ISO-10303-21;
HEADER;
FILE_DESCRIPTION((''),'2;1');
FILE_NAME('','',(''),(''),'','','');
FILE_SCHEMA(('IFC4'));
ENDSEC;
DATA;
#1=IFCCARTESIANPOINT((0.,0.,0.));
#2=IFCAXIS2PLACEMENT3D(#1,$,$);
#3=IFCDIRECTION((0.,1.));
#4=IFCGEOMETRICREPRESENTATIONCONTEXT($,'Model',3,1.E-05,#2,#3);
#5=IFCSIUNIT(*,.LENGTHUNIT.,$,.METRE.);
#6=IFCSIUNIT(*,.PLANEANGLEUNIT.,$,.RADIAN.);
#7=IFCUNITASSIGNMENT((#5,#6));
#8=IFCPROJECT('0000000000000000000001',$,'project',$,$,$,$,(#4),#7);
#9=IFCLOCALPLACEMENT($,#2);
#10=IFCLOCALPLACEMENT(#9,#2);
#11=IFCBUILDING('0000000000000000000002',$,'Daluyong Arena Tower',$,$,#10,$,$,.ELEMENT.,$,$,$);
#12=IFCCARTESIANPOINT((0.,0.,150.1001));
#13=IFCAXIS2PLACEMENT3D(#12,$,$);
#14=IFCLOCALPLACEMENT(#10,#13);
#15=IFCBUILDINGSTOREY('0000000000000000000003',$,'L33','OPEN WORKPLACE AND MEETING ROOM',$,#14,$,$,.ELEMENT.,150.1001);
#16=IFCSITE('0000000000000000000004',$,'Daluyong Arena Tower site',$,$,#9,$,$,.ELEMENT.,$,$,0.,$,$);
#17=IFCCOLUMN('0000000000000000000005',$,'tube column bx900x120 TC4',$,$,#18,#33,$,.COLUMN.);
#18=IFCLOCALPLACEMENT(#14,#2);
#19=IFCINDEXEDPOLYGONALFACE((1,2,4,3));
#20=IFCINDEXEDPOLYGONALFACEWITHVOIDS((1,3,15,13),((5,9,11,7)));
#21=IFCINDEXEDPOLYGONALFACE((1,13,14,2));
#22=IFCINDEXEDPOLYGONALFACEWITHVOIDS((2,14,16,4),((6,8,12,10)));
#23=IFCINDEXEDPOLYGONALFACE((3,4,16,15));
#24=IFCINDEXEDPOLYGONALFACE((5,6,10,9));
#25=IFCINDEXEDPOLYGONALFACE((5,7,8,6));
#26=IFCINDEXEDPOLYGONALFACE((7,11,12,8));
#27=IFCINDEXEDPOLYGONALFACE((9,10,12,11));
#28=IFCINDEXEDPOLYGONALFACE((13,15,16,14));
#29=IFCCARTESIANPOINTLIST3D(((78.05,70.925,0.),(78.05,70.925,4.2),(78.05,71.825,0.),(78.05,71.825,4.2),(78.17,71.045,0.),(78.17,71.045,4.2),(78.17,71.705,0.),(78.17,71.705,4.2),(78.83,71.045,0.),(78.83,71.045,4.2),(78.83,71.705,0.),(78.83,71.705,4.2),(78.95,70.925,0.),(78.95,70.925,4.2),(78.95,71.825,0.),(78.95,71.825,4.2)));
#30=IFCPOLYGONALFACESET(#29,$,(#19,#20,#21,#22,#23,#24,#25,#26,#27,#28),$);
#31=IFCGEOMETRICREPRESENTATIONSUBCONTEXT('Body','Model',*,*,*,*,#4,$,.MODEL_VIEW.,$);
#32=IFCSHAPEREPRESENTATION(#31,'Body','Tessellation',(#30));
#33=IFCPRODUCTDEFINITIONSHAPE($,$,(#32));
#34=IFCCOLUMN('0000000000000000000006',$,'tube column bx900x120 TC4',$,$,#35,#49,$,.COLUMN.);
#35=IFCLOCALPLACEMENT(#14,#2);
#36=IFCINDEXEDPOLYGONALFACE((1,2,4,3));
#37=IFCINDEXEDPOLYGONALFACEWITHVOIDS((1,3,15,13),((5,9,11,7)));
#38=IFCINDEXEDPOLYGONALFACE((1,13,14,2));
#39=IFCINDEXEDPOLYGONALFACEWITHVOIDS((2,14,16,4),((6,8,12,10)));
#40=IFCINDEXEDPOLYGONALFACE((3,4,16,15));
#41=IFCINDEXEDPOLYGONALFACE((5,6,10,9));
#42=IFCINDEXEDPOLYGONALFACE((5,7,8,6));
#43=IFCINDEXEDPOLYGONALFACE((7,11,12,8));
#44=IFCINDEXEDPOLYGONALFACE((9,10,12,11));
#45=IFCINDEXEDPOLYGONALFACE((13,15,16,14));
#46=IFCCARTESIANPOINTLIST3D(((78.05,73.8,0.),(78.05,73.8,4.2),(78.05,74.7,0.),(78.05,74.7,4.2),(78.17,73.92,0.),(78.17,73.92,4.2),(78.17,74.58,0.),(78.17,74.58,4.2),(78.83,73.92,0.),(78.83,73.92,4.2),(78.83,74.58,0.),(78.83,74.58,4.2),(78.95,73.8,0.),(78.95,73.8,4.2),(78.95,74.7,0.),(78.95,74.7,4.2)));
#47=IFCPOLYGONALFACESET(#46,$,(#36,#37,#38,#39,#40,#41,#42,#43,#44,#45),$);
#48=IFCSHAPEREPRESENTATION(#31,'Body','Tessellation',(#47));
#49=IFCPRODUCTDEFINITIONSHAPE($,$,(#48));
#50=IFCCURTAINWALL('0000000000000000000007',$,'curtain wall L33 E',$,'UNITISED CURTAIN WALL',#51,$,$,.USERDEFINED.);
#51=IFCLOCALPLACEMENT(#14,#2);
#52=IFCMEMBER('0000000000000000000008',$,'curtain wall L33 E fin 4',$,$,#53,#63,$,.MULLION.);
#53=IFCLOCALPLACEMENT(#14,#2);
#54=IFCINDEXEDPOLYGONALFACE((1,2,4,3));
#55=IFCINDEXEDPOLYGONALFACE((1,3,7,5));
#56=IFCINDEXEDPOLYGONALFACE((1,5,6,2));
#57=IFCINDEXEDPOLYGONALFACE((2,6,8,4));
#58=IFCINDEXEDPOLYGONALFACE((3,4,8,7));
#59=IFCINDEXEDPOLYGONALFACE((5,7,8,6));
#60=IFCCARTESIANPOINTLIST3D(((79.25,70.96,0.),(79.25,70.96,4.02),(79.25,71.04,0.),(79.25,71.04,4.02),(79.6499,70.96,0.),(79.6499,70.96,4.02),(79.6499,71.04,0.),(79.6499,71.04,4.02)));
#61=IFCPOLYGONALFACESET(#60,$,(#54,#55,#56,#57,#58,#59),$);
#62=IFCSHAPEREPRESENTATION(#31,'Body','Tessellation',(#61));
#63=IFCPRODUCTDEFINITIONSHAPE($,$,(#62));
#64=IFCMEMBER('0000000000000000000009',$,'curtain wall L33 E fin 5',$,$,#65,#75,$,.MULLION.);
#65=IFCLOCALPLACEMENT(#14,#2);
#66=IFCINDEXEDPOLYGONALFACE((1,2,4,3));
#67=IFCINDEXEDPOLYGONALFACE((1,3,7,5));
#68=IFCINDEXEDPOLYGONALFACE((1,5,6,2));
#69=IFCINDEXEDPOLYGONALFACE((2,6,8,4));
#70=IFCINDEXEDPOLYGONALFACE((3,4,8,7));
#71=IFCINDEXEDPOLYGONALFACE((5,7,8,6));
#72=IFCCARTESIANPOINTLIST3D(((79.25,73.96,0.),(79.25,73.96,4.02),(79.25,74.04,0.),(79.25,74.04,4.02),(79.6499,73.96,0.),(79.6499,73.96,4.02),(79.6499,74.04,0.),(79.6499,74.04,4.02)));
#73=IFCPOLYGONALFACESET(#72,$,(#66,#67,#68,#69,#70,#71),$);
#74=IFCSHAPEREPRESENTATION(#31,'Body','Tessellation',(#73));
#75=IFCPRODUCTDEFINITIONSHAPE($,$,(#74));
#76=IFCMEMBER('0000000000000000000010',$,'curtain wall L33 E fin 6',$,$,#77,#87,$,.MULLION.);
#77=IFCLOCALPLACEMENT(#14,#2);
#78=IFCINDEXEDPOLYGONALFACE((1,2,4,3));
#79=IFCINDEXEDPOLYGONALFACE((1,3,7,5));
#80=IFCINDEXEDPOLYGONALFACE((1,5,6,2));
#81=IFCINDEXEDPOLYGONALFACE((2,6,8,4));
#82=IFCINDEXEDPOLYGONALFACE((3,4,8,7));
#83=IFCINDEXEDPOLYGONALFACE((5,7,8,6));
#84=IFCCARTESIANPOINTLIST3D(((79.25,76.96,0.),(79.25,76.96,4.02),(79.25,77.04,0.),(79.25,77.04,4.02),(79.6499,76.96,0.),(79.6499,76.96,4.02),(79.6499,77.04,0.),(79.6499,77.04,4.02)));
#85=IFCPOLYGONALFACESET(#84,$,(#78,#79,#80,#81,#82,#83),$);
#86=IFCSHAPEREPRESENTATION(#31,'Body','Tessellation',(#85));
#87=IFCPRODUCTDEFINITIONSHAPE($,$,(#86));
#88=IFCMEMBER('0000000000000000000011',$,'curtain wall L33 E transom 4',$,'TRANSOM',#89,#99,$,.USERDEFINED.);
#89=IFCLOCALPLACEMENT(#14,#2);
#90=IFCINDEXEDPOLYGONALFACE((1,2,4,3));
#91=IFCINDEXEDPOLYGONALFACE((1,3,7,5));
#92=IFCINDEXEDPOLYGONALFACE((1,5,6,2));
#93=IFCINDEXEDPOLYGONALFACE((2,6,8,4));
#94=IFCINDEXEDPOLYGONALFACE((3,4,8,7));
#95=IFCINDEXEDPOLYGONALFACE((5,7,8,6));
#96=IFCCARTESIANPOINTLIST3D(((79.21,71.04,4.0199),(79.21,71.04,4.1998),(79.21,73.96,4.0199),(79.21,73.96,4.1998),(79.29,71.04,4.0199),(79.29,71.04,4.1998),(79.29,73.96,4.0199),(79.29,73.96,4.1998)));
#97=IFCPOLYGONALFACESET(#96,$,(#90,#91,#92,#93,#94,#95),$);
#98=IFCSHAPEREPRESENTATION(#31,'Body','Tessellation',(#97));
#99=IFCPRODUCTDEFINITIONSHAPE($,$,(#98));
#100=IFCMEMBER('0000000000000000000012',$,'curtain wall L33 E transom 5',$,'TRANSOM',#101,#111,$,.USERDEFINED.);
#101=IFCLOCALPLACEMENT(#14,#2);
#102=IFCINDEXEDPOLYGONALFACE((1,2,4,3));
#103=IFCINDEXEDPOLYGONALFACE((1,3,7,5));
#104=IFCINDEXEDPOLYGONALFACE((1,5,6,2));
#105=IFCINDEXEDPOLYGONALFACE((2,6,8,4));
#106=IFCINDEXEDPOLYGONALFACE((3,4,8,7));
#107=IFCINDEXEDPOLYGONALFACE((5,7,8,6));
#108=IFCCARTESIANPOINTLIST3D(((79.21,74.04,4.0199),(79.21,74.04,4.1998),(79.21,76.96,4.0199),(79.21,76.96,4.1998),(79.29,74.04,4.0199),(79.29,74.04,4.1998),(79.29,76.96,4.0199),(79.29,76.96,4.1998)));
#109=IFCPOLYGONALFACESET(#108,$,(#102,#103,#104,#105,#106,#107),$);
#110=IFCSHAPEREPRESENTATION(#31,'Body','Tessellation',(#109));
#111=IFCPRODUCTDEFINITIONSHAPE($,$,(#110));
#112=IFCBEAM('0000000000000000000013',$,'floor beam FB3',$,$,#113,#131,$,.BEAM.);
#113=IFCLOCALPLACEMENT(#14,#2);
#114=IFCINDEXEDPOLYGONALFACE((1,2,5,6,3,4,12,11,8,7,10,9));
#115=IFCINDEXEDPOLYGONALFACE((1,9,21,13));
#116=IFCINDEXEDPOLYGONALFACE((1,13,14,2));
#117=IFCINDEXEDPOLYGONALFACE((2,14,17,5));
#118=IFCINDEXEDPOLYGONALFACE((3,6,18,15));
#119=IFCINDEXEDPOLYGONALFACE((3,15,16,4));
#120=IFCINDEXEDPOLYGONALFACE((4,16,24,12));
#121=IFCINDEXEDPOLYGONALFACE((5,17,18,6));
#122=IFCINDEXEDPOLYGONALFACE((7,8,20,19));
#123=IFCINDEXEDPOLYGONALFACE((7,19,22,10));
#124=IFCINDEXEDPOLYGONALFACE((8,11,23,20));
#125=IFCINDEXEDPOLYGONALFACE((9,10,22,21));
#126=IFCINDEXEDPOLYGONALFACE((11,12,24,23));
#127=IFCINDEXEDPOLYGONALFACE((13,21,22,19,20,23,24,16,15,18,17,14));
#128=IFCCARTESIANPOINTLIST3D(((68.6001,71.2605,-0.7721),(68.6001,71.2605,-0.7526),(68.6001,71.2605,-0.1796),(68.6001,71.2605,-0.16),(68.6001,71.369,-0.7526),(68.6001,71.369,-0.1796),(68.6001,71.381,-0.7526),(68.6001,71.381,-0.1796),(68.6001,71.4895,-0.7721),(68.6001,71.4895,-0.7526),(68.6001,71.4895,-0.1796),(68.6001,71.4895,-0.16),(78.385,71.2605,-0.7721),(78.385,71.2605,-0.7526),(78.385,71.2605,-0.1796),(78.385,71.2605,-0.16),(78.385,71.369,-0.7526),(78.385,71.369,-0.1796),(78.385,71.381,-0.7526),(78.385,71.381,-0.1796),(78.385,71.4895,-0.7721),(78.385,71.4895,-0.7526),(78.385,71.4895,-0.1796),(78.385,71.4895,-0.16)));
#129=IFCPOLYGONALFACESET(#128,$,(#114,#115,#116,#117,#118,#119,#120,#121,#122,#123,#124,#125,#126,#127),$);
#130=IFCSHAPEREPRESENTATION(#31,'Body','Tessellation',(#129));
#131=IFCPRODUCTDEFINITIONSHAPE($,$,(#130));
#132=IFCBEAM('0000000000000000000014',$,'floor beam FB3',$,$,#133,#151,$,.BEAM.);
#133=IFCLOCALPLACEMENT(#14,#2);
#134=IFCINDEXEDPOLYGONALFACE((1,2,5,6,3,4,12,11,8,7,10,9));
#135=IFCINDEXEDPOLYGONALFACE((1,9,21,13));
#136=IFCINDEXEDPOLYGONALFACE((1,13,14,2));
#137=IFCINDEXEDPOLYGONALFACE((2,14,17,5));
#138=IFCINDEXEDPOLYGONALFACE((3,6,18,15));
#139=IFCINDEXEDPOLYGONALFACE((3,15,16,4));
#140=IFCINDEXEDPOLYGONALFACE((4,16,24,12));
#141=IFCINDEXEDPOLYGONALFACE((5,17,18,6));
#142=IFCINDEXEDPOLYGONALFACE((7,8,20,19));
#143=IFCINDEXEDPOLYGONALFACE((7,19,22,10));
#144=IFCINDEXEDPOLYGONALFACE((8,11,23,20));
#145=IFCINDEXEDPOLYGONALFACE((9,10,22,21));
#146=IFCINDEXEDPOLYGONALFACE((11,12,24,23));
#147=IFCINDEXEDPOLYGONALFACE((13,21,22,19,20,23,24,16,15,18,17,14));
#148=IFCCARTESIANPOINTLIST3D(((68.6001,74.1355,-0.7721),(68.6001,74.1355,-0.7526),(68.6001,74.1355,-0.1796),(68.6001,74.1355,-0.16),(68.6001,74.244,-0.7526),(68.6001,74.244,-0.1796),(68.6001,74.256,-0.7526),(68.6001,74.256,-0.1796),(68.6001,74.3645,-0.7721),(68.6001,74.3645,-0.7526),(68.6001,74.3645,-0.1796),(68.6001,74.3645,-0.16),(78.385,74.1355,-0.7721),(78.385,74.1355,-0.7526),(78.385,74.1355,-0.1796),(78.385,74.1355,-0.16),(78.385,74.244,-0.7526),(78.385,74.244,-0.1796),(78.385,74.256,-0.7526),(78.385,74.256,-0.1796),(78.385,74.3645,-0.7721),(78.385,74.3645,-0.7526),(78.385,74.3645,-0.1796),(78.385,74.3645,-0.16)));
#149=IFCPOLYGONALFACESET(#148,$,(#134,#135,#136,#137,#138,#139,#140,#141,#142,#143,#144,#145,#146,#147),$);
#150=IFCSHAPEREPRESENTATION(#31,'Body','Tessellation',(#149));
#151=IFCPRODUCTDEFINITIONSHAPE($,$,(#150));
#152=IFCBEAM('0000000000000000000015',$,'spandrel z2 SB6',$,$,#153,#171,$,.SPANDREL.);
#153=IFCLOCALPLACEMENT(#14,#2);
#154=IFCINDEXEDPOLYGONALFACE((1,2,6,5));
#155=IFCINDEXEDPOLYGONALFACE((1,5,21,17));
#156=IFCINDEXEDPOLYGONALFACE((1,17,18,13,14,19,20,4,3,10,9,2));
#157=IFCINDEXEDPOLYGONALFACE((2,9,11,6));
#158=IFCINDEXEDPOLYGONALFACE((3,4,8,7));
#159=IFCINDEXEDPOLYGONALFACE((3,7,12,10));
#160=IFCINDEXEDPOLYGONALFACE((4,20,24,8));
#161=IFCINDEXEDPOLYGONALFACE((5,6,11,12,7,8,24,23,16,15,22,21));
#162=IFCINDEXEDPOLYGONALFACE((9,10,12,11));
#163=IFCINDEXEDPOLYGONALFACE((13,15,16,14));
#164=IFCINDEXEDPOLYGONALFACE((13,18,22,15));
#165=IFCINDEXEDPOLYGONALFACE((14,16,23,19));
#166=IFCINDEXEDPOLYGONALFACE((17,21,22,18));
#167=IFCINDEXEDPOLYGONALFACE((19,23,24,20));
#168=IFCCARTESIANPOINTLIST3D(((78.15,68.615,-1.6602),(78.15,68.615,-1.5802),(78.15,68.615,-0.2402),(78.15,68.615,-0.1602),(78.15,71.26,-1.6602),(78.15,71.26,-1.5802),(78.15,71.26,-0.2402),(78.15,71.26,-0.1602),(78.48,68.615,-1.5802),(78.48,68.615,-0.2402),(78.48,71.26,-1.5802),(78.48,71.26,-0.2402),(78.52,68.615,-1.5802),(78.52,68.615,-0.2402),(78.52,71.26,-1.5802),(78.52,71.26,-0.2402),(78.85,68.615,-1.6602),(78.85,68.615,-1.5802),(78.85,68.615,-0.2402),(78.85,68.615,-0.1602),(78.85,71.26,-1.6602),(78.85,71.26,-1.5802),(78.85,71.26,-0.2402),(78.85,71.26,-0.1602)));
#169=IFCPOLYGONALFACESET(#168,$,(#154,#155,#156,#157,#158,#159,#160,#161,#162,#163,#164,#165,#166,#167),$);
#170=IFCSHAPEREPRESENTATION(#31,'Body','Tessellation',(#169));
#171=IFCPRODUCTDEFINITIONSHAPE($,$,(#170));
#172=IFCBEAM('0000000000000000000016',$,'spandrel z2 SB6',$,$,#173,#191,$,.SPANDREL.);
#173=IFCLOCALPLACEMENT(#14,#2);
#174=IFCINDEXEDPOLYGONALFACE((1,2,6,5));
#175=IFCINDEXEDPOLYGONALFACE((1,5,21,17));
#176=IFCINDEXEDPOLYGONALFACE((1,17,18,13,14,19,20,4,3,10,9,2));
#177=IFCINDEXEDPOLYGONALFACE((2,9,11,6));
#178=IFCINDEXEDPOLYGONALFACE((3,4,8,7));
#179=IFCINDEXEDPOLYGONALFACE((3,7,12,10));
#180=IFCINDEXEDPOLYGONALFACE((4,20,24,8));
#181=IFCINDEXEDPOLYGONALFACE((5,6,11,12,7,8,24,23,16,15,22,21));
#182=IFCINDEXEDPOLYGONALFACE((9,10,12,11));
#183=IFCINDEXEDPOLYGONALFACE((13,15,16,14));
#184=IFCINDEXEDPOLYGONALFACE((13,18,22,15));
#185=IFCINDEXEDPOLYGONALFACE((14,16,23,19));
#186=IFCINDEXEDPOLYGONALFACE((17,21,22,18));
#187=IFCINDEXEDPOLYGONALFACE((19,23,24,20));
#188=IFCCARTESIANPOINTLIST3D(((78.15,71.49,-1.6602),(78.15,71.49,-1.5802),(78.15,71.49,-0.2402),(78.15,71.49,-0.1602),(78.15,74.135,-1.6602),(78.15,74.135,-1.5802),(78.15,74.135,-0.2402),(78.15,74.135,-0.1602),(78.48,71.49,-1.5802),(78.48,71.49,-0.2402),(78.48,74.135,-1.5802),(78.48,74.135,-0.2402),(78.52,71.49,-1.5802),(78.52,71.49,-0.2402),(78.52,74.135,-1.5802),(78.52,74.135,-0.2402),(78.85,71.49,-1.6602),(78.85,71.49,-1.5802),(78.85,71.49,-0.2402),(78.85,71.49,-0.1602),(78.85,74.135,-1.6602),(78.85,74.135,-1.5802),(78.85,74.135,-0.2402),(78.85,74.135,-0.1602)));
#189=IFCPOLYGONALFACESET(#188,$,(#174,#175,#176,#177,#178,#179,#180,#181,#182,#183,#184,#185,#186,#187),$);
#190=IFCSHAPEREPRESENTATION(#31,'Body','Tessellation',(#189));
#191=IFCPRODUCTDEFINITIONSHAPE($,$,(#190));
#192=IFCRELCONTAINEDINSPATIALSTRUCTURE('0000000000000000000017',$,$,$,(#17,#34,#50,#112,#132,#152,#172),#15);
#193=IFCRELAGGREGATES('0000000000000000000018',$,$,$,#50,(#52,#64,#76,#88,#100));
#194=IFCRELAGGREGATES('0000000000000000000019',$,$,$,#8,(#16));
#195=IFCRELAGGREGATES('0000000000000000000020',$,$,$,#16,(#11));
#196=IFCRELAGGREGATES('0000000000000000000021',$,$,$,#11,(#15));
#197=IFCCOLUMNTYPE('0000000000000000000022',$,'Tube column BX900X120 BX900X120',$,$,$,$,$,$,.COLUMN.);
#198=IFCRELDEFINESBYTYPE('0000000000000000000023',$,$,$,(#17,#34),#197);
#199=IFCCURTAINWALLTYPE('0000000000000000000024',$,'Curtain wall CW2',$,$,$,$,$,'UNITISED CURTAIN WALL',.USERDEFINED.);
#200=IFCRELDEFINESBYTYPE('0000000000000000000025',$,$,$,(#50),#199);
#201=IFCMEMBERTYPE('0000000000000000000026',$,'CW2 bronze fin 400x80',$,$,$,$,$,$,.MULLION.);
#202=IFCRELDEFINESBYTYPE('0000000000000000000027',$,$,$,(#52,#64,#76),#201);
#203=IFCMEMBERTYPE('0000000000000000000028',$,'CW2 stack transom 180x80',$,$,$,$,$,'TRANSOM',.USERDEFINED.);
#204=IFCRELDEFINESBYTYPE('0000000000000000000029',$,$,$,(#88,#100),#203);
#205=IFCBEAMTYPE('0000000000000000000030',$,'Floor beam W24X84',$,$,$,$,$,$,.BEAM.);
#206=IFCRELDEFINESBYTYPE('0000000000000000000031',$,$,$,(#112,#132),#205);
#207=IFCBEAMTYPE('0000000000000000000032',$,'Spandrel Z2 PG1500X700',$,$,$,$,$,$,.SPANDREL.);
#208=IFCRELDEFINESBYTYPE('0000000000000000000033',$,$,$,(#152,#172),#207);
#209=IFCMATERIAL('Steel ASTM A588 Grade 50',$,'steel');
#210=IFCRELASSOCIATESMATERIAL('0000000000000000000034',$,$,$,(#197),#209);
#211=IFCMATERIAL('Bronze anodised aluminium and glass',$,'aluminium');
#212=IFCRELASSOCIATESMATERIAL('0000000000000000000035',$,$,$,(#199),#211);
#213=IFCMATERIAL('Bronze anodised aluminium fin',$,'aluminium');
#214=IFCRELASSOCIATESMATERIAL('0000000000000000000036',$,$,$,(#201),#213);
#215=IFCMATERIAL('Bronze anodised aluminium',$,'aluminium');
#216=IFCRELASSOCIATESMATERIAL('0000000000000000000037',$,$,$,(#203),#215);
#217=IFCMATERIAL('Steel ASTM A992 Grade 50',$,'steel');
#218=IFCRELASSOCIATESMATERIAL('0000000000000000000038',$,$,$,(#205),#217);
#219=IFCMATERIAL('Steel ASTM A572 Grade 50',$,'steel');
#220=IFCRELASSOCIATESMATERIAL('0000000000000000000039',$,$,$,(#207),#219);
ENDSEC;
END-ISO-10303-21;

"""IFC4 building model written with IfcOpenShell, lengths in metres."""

from ifc_helpers import new_model, si_unit, direction, frame, origin, origin_2d, place, context, subcontext, project, spatial, rectangle, hollow_rectangle, i_section, extrude, material, material_profile, profile_set, type_object, element, aggregate, save


model = new_model("IFC4")

# Units and contexts
model_context = context("Model", 3, precision=1e-05, world=origin(), true_north=direction((0.0, 1.0)))
body_context = subcontext(model_context, "Body", "Model", "MODEL_VIEW")
ifc_project = project(units=[si_unit("LENGTHUNIT", "METRE"), si_unit("PLANEANGLEUNIT", "RADIAN")], contexts=[model_context])

# Site, building, storey
site_placement = place(None, origin())
site = spatial("IfcSite", under=ifc_project, at=site_placement, Name="Daluyong Arena Tower site", CompositionType="ELEMENT", RefElevation=0.0)
building_placement = place(site_placement, origin())
building = spatial("IfcBuilding", under=site, at=building_placement, Name="Daluyong Arena Tower", CompositionType="ELEMENT")
storey_placement = place(building_placement, frame((0.0, 0.0, 150.1001)))
storey = spatial("IfcBuildingStorey", under=building, at=storey_placement, Name="L33", Description="OPEN WORKPLACE AND MEETING ROOM", CompositionType="ELEMENT", Elevation=150.1001)

# Columns
ifc_material_1 = material(Name="Steel ASTM A588 Grade 50", Category="steel")
ifc_material_profile_1 = material_profile(ifc_material_1, hollow_rectangle(XDim=0.8999, YDim=0.8999, WallThickness=0.12, at=origin_2d()))
ifc_profile_set_1 = profile_set([ifc_material_profile_1], Name="Steel ASTM A588 Grade 50")
column_type = type_object("IfcColumnType", Name="Tube column BX900X120 BX900X120", PredefinedType="COLUMN", material=ifc_profile_set_1)
for number, where, z_axis, x_axis, name in (
    (1, (78.5, 71.375, 0.0), (0.0, 0.0, 1.0), (0.0, 1.0, 0.0), "tube column bx900x120 TC4"),
    (2, (78.5, 74.25, 0.0), (0.0, 0.0, 1.0), (0.0, 1.0, 0.0), "tube column bx900x120 TC4"),
):
    element("IfcColumn", number, at=place(storey_placement, frame(where, z_axis=z_axis, x_axis=x_axis)), inside=storey, type_object=column_type, Name=name, PredefinedType="COLUMN", context=body_context, shape_type="SweptSolid", body=[
        extrude(hollow_rectangle(XDim=0.8999, YDim=0.8999, WallThickness=0.12, at=origin_2d()), origin(), (0.0, 0.0, 1.0), 4.2),
    ])

# Curtain wall, members
ifc_material_2 = material(Name="Bronze anodised aluminium and glass", Category="aluminium")
curtain_wall_type = type_object("IfcCurtainWallType", Name="Curtain wall CW2", ElementType="UNITISED CURTAIN WALL", PredefinedType="USERDEFINED", material=ifc_material_2)
curtain_wall_placement = place(storey_placement, origin())
curtain_wall = element("IfcCurtainWall", 3, at=curtain_wall_placement, inside=storey, type_object=curtain_wall_type, Name="curtain wall L33 E", ObjectType="UNITISED CURTAIN WALL", PredefinedType="USERDEFINED")
ifc_material_3 = material(Name="Bronze anodised aluminium fin", Category="aluminium")
ifc_material_profile_2 = material_profile(ifc_material_3, rectangle(XDim=0.3999, YDim=0.0801, at=origin_2d()))
ifc_profile_set_2 = profile_set([ifc_material_profile_2], Name="Bronze anodised aluminium fin")
member_type_1 = type_object("IfcMemberType", Name="CW2 bronze fin 400x80", PredefinedType="MULLION", material=ifc_profile_set_2)
member_1_placement = place(storey_placement, frame((79.45, 71.0, 0.0), z_axis=(0.0, 0.0, 1.0), x_axis=(-1.0, 0.0, 0.0)))
member_1 = element("IfcMember", 4, at=member_1_placement, type_object=member_type_1, Name="curtain wall L33 E fin 4", PredefinedType="MULLION", context=body_context, shape_type="SweptSolid", body=[
    extrude(rectangle(XDim=0.3999, YDim=0.0801, at=origin_2d()), origin(), (0.0, 0.0, 1.0), 4.02),
])
member_2_placement = place(storey_placement, frame((79.45, 74.0, 0.0), z_axis=(0.0, 0.0, 1.0), x_axis=(-1.0, 0.0, 0.0)))
member_2 = element("IfcMember", 5, at=member_2_placement, type_object=member_type_1, Name="curtain wall L33 E fin 5", PredefinedType="MULLION", context=body_context, shape_type="SweptSolid", body=[
    extrude(rectangle(XDim=0.3999, YDim=0.0801, at=origin_2d()), origin(), (0.0, 0.0, 1.0), 4.02),
])
member_3_placement = place(storey_placement, frame((79.45, 77.0, 0.0), z_axis=(0.0, 0.0, 1.0), x_axis=(-1.0, 0.0, 0.0)))
member_3 = element("IfcMember", 6, at=member_3_placement, type_object=member_type_1, Name="curtain wall L33 E fin 6", PredefinedType="MULLION", context=body_context, shape_type="SweptSolid", body=[
    extrude(rectangle(XDim=0.3999, YDim=0.0801, at=origin_2d()), origin(), (0.0, 0.0, 1.0), 4.02),
])
ifc_material_4 = material(Name="Bronze anodised aluminium", Category="aluminium")
ifc_material_profile_3 = material_profile(ifc_material_4, rectangle(XDim=0.0801, YDim=0.1799, at=origin_2d()))
ifc_profile_set_3 = profile_set([ifc_material_profile_3], Name="Bronze anodised aluminium")
member_type_2 = type_object("IfcMemberType", Name="CW2 stack transom 180x80", ElementType="TRANSOM", PredefinedType="USERDEFINED", material=ifc_profile_set_3)
member_4_placement = place(storey_placement, frame((79.25, 71.04, 4.1099), z_axis=(0.0, 1.0, 0.0), x_axis=(-1.0, 0.0, 0.0)))
member_4 = element("IfcMember", 7, at=member_4_placement, type_object=member_type_2, Name="curtain wall L33 E transom 4", ObjectType="TRANSOM", PredefinedType="USERDEFINED", context=body_context, shape_type="SweptSolid", body=[
    extrude(rectangle(XDim=0.0801, YDim=0.1799, at=origin_2d()), origin(), (0.0, 0.0, 1.0), 2.9199),
])
member_5_placement = place(storey_placement, frame((79.25, 74.04, 4.1099), z_axis=(0.0, 1.0, 0.0), x_axis=(-1.0, 0.0, 0.0)))
member_5 = element("IfcMember", 8, at=member_5_placement, type_object=member_type_2, Name="curtain wall L33 E transom 5", ObjectType="TRANSOM", PredefinedType="USERDEFINED", context=body_context, shape_type="SweptSolid", body=[
    extrude(rectangle(XDim=0.0801, YDim=0.1799, at=origin_2d()), origin(), (0.0, 0.0, 1.0), 2.9199),
])

# Beams
ifc_material_5 = material(Name="Steel ASTM A992 Grade 50", Category="steel")
ifc_material_profile_4 = material_profile(ifc_material_5, i_section(OverallWidth=0.229, OverallDepth=0.6121, WebThickness=0.012, FlangeThickness=0.0195, at=origin_2d()))
ifc_profile_set_4 = profile_set([ifc_material_profile_4], Name="Steel ASTM A992 Grade 50")
beam_type_1 = type_object("IfcBeamType", Name="Floor beam W24X84", PredefinedType="BEAM", material=ifc_profile_set_4)
for number, where, z_axis, x_axis, name in (
    (9, (78.385, 71.375, -0.4661), (-1.0, 0.0, 0.0), (0.0, -1.0, 0.0), "floor beam FB3"),
    (10, (78.385, 74.25, -0.4661), (-1.0, 0.0, 0.0), (0.0, -1.0, 0.0), "floor beam FB3"),
):
    element("IfcBeam", number, at=place(storey_placement, frame(where, z_axis=z_axis, x_axis=x_axis)), inside=storey, type_object=beam_type_1, Name=name, PredefinedType="BEAM", context=body_context, shape_type="SweptSolid", body=[
        extrude(i_section(OverallWidth=0.229, OverallDepth=0.6121, WebThickness=0.012, FlangeThickness=0.0195, at=origin_2d()), origin(), (0.0, 0.0, 1.0), 9.7849),
    ])
ifc_material_6 = material(Name="Steel ASTM A572 Grade 50", Category="steel")
ifc_material_profile_5 = material_profile(ifc_material_6, i_section(OverallWidth=0.7, OverallDepth=1.5, WebThickness=0.04, FlangeThickness=0.08, at=origin_2d()))
ifc_profile_set_5 = profile_set([ifc_material_profile_5], Name="Steel ASTM A572 Grade 50")
beam_type_2 = type_object("IfcBeamType", Name="Spandrel Z2 PG1500X700", PredefinedType="SPANDREL", material=ifc_profile_set_5)
for number, where, z_axis, x_axis, name in (
    (11, (78.5, 68.615, -0.9102), (0.0, 1.0, 0.0), (-1.0, 0.0, 0.0), "spandrel z2 SB6"),
    (12, (78.5, 71.49, -0.9102), (0.0, 1.0, 0.0), (-1.0, 0.0, 0.0), "spandrel z2 SB6"),
):
    element("IfcBeam", number, at=place(storey_placement, frame(where, z_axis=z_axis, x_axis=x_axis)), inside=storey, type_object=beam_type_2, Name=name, PredefinedType="SPANDREL", context=body_context, shape_type="SweptSolid", body=[
        extrude(i_section(OverallWidth=0.7, OverallDepth=1.5, WebThickness=0.04, FlangeThickness=0.08, at=origin_2d()), origin(), (0.0, 0.0, 1.0), 2.645),
    ])

aggregate(curtain_wall, [member_1, member_2, member_3, member_4, member_5])

save(model, "model.ifc")
